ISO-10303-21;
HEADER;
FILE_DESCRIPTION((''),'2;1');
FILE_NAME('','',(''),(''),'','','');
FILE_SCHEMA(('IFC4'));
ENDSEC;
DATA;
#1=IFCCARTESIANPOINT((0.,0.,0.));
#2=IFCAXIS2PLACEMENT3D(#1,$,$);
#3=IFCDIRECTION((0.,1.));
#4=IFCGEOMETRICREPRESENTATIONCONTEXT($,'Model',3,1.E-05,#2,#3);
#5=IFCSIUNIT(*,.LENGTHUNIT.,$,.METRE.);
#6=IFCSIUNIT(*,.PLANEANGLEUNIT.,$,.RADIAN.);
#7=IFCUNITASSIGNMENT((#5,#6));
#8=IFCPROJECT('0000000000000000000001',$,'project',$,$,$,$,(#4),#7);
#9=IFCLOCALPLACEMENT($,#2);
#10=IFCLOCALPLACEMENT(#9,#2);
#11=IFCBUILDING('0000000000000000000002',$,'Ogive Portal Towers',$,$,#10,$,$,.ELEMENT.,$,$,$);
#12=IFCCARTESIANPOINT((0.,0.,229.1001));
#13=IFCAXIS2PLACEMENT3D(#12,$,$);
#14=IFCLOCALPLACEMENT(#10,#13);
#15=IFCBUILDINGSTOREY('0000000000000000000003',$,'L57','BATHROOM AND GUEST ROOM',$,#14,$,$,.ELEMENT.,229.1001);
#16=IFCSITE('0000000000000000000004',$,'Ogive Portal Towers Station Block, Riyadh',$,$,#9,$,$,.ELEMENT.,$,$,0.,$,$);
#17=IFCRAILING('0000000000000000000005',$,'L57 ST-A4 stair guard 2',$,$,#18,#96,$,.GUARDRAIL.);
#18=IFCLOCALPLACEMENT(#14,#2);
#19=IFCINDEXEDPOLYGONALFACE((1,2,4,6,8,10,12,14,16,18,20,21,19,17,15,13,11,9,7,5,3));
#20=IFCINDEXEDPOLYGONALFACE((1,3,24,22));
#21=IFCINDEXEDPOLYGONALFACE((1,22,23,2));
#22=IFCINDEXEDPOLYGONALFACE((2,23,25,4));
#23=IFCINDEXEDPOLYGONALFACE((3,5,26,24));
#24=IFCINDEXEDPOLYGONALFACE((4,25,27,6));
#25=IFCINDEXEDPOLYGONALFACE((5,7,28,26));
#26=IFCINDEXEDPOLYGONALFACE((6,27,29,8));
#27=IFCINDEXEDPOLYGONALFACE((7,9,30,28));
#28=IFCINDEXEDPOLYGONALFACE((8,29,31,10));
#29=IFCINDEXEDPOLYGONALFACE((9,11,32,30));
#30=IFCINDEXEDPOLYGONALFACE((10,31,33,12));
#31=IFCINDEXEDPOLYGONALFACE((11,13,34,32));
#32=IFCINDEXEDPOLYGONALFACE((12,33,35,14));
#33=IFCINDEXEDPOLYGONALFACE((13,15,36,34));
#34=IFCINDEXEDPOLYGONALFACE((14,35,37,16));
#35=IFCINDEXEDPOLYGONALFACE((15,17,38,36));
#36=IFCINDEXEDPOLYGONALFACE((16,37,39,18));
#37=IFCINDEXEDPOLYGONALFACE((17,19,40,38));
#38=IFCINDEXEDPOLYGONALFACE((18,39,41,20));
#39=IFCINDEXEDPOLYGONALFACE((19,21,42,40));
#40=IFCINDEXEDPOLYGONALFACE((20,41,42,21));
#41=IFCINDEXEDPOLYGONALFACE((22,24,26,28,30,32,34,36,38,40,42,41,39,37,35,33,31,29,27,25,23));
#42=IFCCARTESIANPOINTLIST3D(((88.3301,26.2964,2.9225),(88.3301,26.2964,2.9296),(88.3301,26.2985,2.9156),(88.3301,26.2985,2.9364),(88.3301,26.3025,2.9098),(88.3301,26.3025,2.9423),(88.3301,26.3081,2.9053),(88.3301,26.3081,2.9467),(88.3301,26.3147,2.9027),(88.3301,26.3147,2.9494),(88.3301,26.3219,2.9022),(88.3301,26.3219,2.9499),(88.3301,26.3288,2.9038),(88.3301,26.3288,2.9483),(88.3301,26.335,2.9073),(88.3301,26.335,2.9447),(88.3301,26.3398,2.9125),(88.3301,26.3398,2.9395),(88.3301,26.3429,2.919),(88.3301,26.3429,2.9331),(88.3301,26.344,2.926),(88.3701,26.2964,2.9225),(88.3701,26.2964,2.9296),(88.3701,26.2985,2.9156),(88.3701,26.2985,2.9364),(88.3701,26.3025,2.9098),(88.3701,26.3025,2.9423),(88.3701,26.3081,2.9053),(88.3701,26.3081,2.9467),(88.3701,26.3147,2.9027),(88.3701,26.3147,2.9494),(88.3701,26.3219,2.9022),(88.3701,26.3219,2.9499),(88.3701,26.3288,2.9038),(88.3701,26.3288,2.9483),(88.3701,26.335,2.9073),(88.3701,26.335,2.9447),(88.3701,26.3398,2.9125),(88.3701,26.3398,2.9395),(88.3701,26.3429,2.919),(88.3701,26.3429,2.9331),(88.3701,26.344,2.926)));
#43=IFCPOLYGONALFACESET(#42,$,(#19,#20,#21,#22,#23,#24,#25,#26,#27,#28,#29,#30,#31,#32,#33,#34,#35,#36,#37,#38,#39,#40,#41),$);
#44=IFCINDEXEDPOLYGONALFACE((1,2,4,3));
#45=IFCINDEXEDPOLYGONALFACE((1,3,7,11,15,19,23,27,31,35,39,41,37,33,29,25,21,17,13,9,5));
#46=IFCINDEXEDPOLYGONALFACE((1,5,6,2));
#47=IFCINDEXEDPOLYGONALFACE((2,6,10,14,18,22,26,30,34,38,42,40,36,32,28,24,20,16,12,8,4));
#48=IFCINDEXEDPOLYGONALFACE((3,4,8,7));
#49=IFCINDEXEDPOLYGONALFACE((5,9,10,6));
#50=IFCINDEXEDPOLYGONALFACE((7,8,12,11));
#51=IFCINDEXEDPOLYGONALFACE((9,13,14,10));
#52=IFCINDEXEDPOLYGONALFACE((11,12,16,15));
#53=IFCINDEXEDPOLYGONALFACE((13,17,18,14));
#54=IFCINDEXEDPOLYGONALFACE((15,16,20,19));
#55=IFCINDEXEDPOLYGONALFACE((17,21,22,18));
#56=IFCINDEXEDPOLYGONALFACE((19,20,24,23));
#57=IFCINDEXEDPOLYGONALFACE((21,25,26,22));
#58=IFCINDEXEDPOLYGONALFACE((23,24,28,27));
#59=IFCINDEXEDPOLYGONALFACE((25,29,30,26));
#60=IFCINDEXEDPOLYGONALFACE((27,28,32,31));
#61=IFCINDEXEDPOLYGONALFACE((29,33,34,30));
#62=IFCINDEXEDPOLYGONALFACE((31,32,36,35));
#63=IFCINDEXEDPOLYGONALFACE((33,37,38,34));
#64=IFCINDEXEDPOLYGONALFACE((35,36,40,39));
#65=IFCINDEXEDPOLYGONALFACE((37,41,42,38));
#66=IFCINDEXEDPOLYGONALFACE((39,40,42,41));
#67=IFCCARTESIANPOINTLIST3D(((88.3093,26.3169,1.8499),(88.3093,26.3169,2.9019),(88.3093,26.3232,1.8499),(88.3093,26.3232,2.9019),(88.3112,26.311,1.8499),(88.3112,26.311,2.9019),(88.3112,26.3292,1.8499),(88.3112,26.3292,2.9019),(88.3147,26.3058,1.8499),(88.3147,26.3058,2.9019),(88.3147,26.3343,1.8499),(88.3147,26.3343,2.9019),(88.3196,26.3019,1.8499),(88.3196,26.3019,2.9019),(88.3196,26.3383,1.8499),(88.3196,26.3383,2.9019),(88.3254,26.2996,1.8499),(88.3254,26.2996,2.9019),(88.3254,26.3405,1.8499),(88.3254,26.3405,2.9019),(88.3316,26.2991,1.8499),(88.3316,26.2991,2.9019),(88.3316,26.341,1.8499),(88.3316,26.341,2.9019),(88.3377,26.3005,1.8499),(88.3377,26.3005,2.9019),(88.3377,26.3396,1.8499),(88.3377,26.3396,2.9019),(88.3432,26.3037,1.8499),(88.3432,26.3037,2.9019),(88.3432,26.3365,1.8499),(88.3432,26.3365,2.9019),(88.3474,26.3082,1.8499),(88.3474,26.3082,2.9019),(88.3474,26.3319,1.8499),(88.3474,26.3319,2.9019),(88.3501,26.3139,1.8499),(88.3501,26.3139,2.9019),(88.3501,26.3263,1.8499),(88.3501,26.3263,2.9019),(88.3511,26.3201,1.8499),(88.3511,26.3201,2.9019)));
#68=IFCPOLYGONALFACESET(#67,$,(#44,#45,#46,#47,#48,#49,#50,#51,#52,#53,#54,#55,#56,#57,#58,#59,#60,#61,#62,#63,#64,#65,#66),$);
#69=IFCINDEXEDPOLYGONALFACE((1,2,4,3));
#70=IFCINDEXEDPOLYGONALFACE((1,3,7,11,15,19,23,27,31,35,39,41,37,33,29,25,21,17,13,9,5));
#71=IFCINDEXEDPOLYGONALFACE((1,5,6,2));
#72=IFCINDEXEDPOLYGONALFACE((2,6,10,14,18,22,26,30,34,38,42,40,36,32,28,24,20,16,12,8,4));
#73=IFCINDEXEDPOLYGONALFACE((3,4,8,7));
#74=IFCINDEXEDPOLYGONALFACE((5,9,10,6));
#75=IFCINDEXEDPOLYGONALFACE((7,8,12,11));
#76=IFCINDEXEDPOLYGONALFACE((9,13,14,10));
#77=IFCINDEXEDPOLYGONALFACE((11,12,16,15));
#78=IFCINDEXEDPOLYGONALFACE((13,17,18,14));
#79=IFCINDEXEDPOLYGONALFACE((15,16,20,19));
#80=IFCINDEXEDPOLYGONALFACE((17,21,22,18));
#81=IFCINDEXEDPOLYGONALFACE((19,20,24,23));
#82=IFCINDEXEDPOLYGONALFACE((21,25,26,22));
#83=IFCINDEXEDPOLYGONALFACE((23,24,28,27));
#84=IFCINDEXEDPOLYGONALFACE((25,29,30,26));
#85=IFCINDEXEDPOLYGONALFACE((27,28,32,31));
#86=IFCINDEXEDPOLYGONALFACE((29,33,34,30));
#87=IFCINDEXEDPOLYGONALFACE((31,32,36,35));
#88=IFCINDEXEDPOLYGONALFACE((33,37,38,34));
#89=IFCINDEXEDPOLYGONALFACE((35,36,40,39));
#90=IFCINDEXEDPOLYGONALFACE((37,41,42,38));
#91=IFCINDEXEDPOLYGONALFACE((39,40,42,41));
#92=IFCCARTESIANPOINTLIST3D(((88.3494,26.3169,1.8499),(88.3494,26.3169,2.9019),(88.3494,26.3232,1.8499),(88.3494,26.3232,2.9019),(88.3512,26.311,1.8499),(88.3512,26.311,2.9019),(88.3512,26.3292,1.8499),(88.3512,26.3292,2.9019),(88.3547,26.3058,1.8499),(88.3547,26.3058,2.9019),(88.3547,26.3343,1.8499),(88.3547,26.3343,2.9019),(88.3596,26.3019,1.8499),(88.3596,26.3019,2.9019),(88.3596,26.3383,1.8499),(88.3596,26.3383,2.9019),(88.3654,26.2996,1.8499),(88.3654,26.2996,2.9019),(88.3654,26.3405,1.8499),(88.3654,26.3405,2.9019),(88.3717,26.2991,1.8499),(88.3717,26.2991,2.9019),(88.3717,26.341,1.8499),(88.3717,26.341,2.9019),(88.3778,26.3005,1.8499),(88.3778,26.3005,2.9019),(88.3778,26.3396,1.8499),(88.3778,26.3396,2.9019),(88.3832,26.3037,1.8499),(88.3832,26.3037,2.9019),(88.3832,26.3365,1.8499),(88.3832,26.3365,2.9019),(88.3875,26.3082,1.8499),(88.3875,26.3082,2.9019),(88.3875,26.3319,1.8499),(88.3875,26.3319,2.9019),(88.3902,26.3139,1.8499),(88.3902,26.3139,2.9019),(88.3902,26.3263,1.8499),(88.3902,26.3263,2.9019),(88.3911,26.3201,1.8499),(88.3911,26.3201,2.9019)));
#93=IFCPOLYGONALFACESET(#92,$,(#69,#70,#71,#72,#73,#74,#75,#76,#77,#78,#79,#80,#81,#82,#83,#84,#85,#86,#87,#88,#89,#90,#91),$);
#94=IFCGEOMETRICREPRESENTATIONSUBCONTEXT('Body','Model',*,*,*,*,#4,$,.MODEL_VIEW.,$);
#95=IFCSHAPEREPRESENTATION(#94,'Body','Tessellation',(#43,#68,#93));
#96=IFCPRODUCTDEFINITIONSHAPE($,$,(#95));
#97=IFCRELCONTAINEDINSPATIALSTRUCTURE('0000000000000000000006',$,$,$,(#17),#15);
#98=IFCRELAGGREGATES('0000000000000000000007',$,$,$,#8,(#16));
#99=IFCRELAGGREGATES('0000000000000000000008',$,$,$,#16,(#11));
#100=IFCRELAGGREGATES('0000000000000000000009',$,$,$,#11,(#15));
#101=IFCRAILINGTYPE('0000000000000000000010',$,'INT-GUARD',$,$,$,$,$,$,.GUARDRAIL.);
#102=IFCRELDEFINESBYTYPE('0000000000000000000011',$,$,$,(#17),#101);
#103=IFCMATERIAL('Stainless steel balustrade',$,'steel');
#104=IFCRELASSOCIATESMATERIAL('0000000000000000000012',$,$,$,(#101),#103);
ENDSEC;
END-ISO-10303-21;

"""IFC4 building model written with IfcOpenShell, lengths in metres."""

from ifc_helpers import new_model, si_unit, direction, frame, origin, origin_2d, place, context, subcontext, project, spatial, circle, extrude, material, type_object, element, save


model = new_model("IFC4")

# Units and contexts
model_context = context("Model", 3, precision=1e-05, world=origin(), true_north=direction((0.0, 1.0)))
body_context = subcontext(model_context, "Body", "Model", "MODEL_VIEW")
ifc_project = project(units=[si_unit("LENGTHUNIT", "METRE"), si_unit("PLANEANGLEUNIT", "RADIAN")], contexts=[model_context])

# Site, building, storey
site_placement = place(None, origin())
site = spatial("IfcSite", under=ifc_project, at=site_placement, Name="Ogive Portal Towers Station Block, Riyadh", CompositionType="ELEMENT", RefElevation=0.0)
building_placement = place(site_placement, origin())
building = spatial("IfcBuilding", under=site, at=building_placement, Name="Ogive Portal Towers", CompositionType="ELEMENT")
storey_placement = place(building_placement, frame((0.0, 0.0, 229.1001)))
storey = spatial("IfcBuildingStorey", under=building, at=storey_placement, Name="L57", Description="BATHROOM AND GUEST ROOM", CompositionType="ELEMENT", Elevation=229.1001)

# Railing
ifc_material_1 = material(Name="Stainless steel balustrade", Category="steel")
railing_type_1 = type_object("IfcRailingType", Name="INT-GUARD", PredefinedType="GUARDRAIL", material=ifc_material_1)
railing_1_placement = place(storey_placement, frame((88.3301, 26.3201, 1.8499)))
element("IfcRailing", 1, at=railing_1_placement, inside=storey, type_object=railing_type_1, Name="L57 ST-A4 stair guard 2", PredefinedType="GUARDRAIL", context=body_context, shape_type="SweptSolid", body=[
    extrude(circle(Radius=0.0239, at=origin_2d()), frame((0.0, 0.0, 1.0762), z_axis=(1.0, 0.0, 0.0), x_axis=(0.0, 1.0, 0.0)), (0.0, 0.0, 1.0), 0.04),
    extrude(circle(Radius=0.021, at=origin_2d()), origin(), (0.0, 0.0, 1.0), 1.052),
    extrude(circle(Radius=0.021, at=origin_2d()), frame((0.04, 0.0, 0.0)), (0.0, 0.0, 1.0), 1.052),
])

save(model, "model.ifc")
